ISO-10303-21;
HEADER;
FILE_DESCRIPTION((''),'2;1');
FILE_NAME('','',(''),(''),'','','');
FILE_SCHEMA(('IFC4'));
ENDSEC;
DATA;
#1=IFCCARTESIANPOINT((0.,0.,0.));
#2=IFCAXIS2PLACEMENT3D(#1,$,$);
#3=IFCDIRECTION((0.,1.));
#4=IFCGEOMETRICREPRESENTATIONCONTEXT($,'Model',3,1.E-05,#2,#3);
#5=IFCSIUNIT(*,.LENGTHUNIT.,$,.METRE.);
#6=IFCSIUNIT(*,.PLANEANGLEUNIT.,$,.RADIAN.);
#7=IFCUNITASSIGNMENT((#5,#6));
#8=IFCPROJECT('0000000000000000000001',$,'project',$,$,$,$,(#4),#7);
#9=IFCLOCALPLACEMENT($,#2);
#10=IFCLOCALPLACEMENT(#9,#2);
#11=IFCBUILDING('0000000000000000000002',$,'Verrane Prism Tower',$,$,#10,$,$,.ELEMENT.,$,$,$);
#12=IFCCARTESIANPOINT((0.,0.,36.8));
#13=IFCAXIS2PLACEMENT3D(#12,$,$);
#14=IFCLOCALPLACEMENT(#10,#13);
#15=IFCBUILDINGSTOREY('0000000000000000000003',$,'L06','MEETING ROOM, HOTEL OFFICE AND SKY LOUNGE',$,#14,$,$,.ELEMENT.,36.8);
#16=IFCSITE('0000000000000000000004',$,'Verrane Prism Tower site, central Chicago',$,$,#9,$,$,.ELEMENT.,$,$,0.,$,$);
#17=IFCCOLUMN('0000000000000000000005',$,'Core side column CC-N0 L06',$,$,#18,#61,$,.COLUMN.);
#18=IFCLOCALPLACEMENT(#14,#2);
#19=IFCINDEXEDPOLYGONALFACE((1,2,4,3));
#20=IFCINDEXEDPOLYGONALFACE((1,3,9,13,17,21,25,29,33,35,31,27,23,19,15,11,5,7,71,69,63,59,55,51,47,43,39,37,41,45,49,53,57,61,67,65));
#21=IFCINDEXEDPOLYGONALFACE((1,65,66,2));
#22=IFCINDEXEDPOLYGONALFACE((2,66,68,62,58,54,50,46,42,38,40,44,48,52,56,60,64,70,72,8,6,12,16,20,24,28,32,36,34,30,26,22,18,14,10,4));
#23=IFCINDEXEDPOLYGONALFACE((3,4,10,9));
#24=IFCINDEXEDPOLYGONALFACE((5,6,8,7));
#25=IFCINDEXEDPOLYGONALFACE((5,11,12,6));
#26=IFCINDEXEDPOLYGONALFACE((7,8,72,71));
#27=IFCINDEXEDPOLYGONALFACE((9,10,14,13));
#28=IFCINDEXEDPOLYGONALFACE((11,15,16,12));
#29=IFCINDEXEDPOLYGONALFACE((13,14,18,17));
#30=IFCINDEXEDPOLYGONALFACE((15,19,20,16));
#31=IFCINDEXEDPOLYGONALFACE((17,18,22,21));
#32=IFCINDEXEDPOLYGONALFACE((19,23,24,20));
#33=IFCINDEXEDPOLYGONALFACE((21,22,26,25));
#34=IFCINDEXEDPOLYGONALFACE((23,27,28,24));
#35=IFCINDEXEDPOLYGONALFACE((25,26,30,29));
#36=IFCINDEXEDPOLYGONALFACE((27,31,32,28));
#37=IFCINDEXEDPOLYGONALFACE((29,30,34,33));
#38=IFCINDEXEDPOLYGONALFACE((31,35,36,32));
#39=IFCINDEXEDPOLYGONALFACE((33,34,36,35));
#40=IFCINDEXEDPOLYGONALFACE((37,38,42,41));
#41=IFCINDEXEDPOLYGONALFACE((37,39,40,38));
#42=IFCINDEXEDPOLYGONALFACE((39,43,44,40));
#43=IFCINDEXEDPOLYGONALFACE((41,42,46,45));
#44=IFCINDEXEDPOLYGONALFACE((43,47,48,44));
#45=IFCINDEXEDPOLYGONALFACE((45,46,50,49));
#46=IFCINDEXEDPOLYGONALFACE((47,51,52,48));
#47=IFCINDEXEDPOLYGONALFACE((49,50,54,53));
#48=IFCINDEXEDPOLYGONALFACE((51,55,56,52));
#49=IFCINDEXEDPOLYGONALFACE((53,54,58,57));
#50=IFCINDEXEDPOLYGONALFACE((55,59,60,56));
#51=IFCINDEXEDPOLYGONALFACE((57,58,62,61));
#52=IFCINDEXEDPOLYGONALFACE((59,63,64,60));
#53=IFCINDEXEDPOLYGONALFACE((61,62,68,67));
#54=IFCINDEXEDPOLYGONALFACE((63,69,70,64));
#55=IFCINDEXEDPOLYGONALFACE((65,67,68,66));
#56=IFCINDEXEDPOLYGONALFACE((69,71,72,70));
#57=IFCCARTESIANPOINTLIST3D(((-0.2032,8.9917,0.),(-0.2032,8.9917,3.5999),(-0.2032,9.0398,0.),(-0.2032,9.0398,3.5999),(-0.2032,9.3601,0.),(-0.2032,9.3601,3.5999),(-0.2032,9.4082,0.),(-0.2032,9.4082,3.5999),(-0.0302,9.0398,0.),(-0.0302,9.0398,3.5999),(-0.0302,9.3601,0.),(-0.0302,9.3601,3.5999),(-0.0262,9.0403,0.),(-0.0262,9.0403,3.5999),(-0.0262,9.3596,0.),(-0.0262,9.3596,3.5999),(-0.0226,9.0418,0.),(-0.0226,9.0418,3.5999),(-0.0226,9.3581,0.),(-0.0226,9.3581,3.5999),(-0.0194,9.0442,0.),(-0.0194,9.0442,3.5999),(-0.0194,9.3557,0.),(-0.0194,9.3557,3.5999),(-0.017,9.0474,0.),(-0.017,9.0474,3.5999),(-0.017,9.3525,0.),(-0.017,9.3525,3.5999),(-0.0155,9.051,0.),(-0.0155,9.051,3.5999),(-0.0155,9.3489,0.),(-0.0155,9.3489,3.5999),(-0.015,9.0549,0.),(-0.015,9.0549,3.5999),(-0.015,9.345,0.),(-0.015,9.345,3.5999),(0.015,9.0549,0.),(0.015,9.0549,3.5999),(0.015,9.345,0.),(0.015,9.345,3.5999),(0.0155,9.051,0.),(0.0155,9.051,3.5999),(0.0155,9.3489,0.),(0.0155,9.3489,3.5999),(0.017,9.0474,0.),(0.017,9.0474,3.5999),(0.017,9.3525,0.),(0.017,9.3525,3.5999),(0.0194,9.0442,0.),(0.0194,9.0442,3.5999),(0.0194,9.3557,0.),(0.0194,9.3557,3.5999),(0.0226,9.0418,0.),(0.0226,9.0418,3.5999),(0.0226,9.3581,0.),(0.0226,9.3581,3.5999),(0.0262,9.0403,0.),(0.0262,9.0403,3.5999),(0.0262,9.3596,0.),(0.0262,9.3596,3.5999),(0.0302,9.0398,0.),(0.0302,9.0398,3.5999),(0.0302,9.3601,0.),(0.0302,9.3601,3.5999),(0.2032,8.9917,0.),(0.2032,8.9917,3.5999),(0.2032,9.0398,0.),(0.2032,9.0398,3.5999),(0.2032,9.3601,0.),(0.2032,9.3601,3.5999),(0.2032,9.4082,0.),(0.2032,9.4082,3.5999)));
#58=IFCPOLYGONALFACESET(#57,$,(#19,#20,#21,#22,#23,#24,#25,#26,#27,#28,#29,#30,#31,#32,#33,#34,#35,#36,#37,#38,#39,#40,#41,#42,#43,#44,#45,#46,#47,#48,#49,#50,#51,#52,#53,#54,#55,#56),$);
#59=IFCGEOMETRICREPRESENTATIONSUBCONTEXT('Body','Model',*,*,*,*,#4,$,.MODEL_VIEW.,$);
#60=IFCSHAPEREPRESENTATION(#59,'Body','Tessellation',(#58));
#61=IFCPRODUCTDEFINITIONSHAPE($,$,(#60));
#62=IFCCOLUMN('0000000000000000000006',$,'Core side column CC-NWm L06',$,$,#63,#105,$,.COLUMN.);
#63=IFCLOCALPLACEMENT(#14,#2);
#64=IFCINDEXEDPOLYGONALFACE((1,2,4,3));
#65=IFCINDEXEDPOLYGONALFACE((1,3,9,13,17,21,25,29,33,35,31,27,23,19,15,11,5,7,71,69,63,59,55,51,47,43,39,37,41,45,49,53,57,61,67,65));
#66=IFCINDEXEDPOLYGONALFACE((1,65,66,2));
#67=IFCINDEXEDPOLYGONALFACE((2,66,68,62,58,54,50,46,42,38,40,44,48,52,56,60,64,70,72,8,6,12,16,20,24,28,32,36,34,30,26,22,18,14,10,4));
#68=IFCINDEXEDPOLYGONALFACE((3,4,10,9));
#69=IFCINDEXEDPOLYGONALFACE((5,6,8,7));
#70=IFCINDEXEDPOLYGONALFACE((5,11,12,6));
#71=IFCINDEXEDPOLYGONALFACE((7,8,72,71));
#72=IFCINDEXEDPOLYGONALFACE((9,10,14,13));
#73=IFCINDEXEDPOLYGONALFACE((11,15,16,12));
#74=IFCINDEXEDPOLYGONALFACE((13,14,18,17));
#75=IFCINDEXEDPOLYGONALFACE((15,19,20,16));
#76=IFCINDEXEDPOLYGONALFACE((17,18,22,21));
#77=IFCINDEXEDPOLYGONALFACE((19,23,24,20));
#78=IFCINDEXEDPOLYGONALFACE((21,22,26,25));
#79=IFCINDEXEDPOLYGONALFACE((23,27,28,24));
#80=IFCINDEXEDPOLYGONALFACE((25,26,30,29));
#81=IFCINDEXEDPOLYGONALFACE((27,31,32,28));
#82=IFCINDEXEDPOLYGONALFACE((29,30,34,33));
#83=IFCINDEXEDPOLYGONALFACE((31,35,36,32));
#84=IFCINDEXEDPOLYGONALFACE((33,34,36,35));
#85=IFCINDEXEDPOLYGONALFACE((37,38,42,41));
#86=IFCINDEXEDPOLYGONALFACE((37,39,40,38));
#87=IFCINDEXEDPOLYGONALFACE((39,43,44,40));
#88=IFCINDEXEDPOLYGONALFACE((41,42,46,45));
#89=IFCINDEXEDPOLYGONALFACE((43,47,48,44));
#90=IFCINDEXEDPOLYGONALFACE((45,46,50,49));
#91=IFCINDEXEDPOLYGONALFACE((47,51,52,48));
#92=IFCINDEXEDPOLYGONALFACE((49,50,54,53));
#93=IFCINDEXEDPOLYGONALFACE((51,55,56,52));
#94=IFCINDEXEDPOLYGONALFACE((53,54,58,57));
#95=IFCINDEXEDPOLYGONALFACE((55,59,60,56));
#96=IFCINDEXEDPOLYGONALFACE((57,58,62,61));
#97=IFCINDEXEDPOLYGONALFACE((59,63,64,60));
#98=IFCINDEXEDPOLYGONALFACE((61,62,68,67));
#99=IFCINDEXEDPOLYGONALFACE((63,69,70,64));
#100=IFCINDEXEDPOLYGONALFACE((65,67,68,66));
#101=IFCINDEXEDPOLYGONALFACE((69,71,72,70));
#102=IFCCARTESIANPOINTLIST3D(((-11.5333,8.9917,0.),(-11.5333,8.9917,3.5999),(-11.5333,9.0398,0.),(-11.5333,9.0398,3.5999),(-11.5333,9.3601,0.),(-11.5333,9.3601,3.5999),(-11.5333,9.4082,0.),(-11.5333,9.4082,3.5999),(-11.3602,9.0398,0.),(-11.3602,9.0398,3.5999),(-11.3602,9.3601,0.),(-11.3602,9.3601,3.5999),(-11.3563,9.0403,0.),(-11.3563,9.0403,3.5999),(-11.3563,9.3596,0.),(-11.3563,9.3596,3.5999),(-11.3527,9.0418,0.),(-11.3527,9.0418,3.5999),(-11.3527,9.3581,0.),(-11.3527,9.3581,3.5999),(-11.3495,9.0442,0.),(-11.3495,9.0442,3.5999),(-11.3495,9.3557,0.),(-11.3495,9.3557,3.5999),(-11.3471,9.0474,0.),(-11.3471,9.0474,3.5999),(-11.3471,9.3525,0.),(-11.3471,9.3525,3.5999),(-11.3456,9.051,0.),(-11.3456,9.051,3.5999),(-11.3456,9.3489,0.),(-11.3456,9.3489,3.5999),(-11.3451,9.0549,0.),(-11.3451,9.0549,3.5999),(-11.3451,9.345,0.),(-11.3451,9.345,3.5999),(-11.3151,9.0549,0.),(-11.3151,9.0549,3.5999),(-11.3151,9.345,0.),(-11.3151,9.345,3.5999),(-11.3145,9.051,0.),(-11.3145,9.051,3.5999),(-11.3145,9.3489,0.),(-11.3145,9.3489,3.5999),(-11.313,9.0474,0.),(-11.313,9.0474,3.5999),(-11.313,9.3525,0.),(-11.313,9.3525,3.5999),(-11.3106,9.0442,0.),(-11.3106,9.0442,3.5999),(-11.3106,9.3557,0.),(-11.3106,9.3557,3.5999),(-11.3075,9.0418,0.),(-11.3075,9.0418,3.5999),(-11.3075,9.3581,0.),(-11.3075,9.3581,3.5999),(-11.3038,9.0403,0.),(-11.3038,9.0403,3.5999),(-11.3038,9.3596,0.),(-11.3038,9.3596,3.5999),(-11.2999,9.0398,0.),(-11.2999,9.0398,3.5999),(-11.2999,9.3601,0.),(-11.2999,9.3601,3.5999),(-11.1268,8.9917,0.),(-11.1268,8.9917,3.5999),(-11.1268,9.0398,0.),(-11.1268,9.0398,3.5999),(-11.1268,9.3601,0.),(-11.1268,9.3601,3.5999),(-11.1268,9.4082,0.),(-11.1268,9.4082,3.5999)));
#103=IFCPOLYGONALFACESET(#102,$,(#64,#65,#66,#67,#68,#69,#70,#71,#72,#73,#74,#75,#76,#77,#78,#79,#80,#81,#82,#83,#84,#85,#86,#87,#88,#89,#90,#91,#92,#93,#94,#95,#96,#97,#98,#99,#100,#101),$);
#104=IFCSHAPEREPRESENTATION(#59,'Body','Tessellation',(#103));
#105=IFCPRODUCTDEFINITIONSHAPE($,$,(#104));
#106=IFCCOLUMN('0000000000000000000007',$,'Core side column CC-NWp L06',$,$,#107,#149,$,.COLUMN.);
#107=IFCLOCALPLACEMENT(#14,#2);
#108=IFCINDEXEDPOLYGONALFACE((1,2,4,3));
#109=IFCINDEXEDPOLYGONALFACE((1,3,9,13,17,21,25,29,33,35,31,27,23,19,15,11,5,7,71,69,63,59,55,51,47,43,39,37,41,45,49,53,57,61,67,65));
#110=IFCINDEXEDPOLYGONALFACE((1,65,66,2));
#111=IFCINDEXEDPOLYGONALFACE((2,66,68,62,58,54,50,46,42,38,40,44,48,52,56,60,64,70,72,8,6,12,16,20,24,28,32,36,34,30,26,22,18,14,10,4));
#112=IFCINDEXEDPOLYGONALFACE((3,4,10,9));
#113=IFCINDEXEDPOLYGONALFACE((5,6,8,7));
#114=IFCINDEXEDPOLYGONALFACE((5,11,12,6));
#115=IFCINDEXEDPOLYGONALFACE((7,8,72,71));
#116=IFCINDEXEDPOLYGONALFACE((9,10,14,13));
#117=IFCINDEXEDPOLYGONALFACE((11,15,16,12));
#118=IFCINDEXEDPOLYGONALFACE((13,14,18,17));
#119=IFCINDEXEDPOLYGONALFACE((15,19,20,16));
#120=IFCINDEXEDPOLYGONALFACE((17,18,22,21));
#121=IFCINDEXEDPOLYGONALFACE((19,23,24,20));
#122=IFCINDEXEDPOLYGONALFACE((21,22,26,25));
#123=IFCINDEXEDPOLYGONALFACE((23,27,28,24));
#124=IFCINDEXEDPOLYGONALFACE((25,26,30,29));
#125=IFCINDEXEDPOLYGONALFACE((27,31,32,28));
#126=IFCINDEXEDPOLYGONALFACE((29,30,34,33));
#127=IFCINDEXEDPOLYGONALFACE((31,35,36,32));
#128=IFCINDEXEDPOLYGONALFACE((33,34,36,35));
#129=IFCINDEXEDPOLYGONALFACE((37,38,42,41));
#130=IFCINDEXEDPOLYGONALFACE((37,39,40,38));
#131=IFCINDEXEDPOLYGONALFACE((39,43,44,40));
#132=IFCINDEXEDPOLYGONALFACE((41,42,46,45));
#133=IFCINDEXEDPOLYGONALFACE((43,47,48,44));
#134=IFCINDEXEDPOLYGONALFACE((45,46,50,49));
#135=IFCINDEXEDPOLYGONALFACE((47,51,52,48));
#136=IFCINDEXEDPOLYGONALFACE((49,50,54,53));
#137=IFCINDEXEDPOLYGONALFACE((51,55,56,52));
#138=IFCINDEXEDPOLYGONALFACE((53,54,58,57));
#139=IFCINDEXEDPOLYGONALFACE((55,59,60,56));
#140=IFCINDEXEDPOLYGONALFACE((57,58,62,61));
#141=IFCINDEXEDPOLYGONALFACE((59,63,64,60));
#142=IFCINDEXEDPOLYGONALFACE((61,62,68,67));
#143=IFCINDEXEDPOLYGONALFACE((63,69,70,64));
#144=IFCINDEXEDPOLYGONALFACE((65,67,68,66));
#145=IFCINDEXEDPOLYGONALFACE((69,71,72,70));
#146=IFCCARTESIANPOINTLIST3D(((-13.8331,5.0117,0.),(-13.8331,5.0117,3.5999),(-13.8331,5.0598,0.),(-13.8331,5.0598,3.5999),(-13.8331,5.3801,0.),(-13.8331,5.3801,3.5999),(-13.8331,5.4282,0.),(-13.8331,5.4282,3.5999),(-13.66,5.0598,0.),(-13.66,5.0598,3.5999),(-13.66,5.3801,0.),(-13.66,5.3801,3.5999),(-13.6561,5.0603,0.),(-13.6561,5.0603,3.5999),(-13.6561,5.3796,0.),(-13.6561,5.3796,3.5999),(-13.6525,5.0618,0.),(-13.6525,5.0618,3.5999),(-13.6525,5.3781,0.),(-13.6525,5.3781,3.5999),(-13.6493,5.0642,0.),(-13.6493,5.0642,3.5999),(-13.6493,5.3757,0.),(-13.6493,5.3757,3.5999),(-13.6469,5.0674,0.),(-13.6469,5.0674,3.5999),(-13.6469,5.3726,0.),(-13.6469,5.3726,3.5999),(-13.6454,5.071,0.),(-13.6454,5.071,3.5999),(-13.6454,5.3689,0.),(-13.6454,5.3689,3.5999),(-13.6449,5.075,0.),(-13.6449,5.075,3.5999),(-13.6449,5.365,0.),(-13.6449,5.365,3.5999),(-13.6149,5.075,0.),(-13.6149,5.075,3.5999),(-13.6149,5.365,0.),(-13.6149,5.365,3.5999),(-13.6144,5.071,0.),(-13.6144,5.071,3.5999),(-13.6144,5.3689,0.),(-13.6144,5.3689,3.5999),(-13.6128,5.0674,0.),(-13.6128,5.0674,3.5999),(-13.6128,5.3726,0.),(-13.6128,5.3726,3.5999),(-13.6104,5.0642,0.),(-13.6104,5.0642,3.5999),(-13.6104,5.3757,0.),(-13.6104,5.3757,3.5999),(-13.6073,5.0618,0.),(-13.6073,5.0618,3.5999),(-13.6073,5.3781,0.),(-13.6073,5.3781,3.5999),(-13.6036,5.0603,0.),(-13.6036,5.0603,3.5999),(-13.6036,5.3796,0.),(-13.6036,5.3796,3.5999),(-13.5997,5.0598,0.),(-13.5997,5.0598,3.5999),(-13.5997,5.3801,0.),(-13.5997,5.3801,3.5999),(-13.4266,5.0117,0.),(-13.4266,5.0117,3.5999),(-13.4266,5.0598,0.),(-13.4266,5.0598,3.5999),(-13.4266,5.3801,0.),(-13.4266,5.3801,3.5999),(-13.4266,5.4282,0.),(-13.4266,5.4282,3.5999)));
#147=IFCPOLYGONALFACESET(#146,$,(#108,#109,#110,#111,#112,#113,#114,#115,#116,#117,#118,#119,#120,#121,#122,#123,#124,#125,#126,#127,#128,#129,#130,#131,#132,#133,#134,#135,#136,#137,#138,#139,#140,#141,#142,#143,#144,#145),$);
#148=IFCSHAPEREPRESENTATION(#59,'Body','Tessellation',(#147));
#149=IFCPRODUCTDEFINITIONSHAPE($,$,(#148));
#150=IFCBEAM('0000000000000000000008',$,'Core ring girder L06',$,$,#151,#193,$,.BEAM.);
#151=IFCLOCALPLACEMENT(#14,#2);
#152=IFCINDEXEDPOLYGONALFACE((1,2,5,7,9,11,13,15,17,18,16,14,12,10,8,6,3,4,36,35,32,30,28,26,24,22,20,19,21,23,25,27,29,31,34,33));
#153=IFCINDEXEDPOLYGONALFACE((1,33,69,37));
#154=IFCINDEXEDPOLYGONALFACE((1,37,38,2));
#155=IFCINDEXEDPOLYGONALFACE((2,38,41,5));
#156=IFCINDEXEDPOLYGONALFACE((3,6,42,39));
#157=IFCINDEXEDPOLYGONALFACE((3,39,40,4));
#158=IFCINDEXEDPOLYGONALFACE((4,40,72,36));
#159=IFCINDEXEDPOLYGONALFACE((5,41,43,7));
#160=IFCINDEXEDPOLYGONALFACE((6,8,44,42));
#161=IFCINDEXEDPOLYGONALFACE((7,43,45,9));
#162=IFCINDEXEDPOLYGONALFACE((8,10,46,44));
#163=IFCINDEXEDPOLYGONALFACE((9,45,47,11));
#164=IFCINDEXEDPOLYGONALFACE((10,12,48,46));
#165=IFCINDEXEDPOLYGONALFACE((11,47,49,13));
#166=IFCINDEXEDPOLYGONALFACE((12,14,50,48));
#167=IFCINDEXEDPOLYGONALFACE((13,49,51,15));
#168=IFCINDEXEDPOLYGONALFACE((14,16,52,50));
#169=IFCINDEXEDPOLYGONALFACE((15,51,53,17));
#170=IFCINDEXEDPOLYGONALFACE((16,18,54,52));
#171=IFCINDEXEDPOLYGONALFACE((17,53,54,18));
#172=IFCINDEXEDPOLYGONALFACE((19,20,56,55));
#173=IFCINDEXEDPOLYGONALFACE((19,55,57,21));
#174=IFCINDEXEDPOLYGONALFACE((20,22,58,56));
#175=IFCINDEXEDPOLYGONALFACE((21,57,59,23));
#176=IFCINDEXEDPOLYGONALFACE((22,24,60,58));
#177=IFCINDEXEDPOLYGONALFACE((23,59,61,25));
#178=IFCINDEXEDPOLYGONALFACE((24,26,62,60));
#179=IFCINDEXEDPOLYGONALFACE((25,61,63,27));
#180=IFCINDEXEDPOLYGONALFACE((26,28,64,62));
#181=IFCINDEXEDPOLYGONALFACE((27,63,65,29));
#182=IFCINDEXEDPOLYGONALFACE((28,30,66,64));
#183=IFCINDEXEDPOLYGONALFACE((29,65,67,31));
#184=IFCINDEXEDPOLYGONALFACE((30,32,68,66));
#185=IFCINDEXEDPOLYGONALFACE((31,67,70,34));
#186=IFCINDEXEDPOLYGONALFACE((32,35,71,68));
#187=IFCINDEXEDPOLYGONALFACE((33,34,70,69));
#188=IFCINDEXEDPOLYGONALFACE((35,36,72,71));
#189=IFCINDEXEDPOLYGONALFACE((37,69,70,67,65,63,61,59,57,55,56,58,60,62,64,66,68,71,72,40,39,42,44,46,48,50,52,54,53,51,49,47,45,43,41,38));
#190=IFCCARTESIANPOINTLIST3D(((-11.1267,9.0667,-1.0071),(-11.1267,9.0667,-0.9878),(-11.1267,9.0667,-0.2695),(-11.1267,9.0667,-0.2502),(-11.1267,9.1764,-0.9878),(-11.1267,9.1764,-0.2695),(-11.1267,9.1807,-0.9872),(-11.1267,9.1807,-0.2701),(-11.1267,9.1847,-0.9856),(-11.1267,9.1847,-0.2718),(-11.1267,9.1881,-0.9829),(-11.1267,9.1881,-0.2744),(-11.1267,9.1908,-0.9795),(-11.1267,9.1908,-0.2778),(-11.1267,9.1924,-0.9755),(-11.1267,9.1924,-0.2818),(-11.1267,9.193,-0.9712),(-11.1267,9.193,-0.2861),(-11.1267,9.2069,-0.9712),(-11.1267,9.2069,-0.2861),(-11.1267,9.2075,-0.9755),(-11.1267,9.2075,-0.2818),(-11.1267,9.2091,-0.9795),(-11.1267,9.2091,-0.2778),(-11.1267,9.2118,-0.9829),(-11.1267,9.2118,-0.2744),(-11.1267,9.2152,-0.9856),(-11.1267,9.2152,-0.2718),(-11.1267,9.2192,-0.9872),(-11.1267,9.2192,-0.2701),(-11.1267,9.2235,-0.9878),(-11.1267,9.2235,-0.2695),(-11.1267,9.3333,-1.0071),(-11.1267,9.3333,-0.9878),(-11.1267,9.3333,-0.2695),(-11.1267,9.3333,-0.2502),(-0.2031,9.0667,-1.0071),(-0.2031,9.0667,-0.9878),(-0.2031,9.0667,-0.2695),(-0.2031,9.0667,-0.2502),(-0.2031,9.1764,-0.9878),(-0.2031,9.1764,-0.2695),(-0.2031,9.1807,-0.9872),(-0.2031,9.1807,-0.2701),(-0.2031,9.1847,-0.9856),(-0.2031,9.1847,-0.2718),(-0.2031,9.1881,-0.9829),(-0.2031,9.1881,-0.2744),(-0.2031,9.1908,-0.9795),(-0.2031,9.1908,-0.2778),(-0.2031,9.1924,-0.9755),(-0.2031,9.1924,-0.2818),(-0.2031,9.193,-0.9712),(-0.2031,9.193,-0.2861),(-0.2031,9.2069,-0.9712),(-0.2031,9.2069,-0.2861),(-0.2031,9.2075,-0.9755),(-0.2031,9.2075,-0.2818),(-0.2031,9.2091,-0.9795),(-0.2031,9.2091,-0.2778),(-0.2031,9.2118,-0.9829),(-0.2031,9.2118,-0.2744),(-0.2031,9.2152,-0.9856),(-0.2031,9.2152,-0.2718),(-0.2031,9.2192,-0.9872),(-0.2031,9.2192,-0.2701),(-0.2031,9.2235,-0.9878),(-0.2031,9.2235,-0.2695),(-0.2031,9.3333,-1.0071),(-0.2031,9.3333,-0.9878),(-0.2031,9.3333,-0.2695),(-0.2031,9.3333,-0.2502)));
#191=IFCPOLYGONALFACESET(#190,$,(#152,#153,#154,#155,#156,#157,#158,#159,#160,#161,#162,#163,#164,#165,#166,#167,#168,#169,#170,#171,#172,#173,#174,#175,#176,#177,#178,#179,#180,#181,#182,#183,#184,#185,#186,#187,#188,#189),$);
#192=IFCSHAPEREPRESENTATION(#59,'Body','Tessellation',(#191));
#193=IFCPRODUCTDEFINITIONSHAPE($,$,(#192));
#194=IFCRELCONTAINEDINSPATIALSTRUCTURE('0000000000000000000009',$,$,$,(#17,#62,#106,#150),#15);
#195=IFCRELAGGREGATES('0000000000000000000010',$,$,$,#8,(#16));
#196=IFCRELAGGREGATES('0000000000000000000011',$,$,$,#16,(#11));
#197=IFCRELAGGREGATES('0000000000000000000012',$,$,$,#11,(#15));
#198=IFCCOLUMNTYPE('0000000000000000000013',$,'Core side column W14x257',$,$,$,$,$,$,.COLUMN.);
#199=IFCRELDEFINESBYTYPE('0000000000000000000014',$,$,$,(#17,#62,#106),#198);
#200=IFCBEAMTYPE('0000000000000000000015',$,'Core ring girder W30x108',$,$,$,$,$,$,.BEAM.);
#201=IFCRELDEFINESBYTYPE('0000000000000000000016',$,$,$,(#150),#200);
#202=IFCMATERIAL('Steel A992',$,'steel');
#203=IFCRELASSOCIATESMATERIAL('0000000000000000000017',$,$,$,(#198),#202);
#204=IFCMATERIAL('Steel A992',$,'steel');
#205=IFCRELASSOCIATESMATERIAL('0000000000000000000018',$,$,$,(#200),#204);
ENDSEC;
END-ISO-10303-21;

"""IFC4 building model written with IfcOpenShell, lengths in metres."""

from ifc_helpers import new_model, si_unit, direction, frame, origin, origin_2d, place, context, subcontext, project, spatial, i_section, extrude, material, material_profile, profile_set, type_object, element, save


model = new_model("IFC4")

# Units and contexts
model_context = context("Model", 3, precision=1e-05, world=origin(), true_north=direction((0.0, 1.0)))
body_context = subcontext(model_context, "Body", "Model", "MODEL_VIEW")
ifc_project = project(units=[si_unit("LENGTHUNIT", "METRE"), si_unit("PLANEANGLEUNIT", "RADIAN")], contexts=[model_context])

# Site, building, storey
site_placement = place(None, origin())
site = spatial("IfcSite", under=ifc_project, at=site_placement, Name="Verrane Prism Tower site, central Chicago", CompositionType="ELEMENT", RefElevation=0.0)
building_placement = place(site_placement, origin())
building = spatial("IfcBuilding", under=site, at=building_placement, Name="Verrane Prism Tower", CompositionType="ELEMENT")
storey_placement = place(building_placement, frame((0.0, 0.0, 36.8)))
storey = spatial("IfcBuildingStorey", under=building, at=storey_placement, Name="L06", Description="MEETING ROOM, HOTEL OFFICE AND SKY LOUNGE", CompositionType="ELEMENT", Elevation=36.8)

# Columns
ifc_material_1 = material(Name="Steel A992", Category="steel")
ifc_material_profile_1 = material_profile(ifc_material_1, i_section(OverallWidth=0.4065, OverallDepth=0.4165, WebThickness=0.03, FlangeThickness=0.0481, FilletRadius=0.0151, at=origin_2d()), Name="W14x257")
ifc_profile_set_1 = profile_set([ifc_material_profile_1], Name="Steel A992")
column_type = type_object("IfcColumnType", Name="Core side column W14x257", PredefinedType="COLUMN", material=ifc_profile_set_1)
for number, where, z_axis, x_axis, name in (
    (1, (0.0, 9.2, 0.0), (0.0, 0.0, 1.0), (1.0, 0.0, 0.0), "Core side column CC-N0 L06"),
    (2, (-11.3301, 9.2, 0.0), (0.0, 0.0, 1.0), (1.0, 0.0, 0.0), "Core side column CC-NWm L06"),
    (3, (-13.6299, 5.22, 0.0), (0.0, 0.0, 1.0), (1.0, 0.0, 0.0), "Core side column CC-NWp L06"),
):
    element("IfcColumn", number, at=place(storey_placement, frame(where, z_axis=z_axis, x_axis=x_axis)), inside=storey, type_object=column_type, Name=name, PredefinedType="COLUMN", context=body_context, shape_type="SweptSolid", body=[
        extrude(i_section(OverallWidth=0.4065, OverallDepth=0.4165, WebThickness=0.03, FlangeThickness=0.0481, FilletRadius=0.0151, at=origin_2d()), origin(), (0.0, 0.0, 1.0), 3.5999),
    ])

# Beam
ifc_material_2 = material(Name="Steel A992", Category="steel")
ifc_material_profile_2 = material_profile(ifc_material_2, i_section(OverallWidth=0.2666, OverallDepth=0.7568, WebThickness=0.0139, FlangeThickness=0.0193, FilletRadius=0.0166, at=origin_2d()), Name="W30x108")
ifc_profile_set_2 = profile_set([ifc_material_profile_2], Name="Steel A992")
beam_type = type_object("IfcBeamType", Name="Core ring girder W30x108", PredefinedType="BEAM", material=ifc_profile_set_2)
beam_1_placement = place(storey_placement, frame((-0.2031, 9.2, -0.6287), z_axis=(-1.0, 0.0, 0.0), x_axis=(0.0, -1.0, 0.0)))
element("IfcBeam", 4, at=beam_1_placement, inside=storey, type_object=beam_type, Name="Core ring girder L06", PredefinedType="BEAM", context=body_context, shape_type="SweptSolid", body=[
    extrude(i_section(OverallWidth=0.2666, OverallDepth=0.7568, WebThickness=0.0139, FlangeThickness=0.0193, FilletRadius=0.0166, at=origin_2d()), origin(), (0.0, 0.0, 1.0), 10.9236),
])

save(model, "model.ifc")
